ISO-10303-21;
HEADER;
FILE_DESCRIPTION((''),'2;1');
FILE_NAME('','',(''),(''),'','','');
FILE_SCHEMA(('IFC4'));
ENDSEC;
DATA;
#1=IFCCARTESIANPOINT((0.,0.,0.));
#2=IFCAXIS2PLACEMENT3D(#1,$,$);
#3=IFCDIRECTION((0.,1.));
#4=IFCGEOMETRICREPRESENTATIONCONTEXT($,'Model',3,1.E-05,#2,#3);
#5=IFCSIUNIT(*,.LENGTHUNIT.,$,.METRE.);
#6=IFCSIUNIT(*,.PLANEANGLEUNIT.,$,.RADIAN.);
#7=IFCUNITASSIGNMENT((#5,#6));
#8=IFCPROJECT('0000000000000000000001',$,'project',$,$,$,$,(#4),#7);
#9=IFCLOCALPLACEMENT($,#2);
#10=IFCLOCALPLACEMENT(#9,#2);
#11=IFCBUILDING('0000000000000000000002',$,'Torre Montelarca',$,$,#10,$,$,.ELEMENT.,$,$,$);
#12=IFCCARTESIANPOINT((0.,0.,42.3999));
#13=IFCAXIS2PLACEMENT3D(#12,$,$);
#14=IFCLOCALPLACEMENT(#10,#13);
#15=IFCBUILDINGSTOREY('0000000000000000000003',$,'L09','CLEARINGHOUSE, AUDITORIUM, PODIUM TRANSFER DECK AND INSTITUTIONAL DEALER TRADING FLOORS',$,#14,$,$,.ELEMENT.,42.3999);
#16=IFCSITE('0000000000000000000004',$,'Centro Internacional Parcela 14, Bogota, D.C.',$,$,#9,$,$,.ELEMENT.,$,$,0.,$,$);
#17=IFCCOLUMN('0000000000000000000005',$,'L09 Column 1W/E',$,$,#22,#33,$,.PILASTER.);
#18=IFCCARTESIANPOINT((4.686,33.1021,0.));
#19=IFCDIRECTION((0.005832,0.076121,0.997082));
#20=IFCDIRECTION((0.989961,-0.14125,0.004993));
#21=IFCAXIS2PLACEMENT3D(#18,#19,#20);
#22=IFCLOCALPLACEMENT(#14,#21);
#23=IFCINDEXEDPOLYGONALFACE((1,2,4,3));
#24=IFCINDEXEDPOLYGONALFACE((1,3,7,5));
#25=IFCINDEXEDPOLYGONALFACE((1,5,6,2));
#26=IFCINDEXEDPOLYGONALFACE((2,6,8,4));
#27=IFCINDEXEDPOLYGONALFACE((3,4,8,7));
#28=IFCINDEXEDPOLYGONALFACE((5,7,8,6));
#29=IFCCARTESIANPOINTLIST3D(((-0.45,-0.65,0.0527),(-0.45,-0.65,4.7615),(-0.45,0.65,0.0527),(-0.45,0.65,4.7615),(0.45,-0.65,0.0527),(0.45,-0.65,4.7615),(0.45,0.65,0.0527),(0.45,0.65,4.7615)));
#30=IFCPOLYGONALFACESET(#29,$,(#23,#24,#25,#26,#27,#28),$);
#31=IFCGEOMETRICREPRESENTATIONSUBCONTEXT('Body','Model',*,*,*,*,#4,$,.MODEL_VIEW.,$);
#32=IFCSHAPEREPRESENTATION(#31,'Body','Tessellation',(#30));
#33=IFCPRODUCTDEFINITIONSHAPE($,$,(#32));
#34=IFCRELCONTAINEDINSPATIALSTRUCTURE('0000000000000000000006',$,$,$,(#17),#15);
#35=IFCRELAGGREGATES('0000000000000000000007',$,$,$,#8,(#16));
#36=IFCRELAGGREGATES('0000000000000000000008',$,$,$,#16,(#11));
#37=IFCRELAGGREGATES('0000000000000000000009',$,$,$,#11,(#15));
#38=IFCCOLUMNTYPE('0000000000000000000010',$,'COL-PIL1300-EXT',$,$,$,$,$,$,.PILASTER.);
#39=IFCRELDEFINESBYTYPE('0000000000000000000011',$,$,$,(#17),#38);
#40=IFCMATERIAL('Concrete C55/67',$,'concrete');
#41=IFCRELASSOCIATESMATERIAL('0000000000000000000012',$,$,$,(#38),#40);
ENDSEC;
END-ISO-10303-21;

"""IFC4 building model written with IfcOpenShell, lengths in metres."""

from ifc_helpers import new_model, si_unit, direction, frame, origin, origin_2d, place, context, subcontext, project, spatial, rectangle, extrude, clip, halfspace, material, material_profile, profile_set, type_object, element, save


model = new_model("IFC4")

# Units and contexts
model_context = context("Model", 3, precision=1e-05, world=origin(), true_north=direction((0.0, 1.0)))
body_context = subcontext(model_context, "Body", "Model", "MODEL_VIEW")
ifc_project = project(units=[si_unit("LENGTHUNIT", "METRE"), si_unit("PLANEANGLEUNIT", "RADIAN")], contexts=[model_context])

# Site, building, storey
site_placement = place(None, origin())
site = spatial("IfcSite", under=ifc_project, at=site_placement, Name="Centro Internacional Parcela 14, Bogota, D.C.", CompositionType="ELEMENT", RefElevation=0.0)
building_placement = place(site_placement, origin())
building = spatial("IfcBuilding", under=site, at=building_placement, Name="Torre Montelarca", CompositionType="ELEMENT")
storey_placement = place(building_placement, frame((0.0, 0.0, 42.3999)))
storey = spatial("IfcBuildingStorey", under=building, at=storey_placement, Name="L09", Description="CLEARINGHOUSE, AUDITORIUM, PODIUM TRANSFER DECK AND INSTITUTIONAL DEALER TRADING FLOORS", CompositionType="ELEMENT", Elevation=42.3999)

# Column
ifc_material_1 = material(Name="Concrete C55/67", Category="concrete")
ifc_material_profile_1 = material_profile(ifc_material_1, rectangle(XDim=0.8999, YDim=1.3, at=origin_2d()), Name="RC1300X900", Category="concrete")
ifc_profile_set_1 = profile_set([ifc_material_profile_1], Name="Concrete C55/67")
column_type = type_object("IfcColumnType", Name="COL-PIL1300-EXT", PredefinedType="PILASTER", material=ifc_profile_set_1)
column_placement = place(storey_placement, frame((4.686, 33.1021, 0.0), z_axis=(0.005832, 0.076121, 0.997082), x_axis=(0.989961, -0.14125, 0.004993)))
element("IfcColumn", 1, at=column_placement, inside=storey, type_object=column_type, Name="L09 Column 1W/E", PredefinedType="PILASTER", context=body_context, shape_type="Clipping", body=[
    clip(clip(extrude(rectangle(XDim=0.8999, YDim=1.3, at=origin_2d()), origin(), (0.0, 0.0, 1.0), 4.8142), halfspace(frame((0.0, 0.0, 0.0527), z_axis=(0.0, 0.0, -1.0), x_axis=(1.0, 0.0, 0.0)), False)), halfspace(frame((0.0, 0.0, 4.7615), z_axis=(0.0, 0.0, 1.0), x_axis=(1.0, 0.0, 0.0)), False)),
])

save(model, "model.ifc")
